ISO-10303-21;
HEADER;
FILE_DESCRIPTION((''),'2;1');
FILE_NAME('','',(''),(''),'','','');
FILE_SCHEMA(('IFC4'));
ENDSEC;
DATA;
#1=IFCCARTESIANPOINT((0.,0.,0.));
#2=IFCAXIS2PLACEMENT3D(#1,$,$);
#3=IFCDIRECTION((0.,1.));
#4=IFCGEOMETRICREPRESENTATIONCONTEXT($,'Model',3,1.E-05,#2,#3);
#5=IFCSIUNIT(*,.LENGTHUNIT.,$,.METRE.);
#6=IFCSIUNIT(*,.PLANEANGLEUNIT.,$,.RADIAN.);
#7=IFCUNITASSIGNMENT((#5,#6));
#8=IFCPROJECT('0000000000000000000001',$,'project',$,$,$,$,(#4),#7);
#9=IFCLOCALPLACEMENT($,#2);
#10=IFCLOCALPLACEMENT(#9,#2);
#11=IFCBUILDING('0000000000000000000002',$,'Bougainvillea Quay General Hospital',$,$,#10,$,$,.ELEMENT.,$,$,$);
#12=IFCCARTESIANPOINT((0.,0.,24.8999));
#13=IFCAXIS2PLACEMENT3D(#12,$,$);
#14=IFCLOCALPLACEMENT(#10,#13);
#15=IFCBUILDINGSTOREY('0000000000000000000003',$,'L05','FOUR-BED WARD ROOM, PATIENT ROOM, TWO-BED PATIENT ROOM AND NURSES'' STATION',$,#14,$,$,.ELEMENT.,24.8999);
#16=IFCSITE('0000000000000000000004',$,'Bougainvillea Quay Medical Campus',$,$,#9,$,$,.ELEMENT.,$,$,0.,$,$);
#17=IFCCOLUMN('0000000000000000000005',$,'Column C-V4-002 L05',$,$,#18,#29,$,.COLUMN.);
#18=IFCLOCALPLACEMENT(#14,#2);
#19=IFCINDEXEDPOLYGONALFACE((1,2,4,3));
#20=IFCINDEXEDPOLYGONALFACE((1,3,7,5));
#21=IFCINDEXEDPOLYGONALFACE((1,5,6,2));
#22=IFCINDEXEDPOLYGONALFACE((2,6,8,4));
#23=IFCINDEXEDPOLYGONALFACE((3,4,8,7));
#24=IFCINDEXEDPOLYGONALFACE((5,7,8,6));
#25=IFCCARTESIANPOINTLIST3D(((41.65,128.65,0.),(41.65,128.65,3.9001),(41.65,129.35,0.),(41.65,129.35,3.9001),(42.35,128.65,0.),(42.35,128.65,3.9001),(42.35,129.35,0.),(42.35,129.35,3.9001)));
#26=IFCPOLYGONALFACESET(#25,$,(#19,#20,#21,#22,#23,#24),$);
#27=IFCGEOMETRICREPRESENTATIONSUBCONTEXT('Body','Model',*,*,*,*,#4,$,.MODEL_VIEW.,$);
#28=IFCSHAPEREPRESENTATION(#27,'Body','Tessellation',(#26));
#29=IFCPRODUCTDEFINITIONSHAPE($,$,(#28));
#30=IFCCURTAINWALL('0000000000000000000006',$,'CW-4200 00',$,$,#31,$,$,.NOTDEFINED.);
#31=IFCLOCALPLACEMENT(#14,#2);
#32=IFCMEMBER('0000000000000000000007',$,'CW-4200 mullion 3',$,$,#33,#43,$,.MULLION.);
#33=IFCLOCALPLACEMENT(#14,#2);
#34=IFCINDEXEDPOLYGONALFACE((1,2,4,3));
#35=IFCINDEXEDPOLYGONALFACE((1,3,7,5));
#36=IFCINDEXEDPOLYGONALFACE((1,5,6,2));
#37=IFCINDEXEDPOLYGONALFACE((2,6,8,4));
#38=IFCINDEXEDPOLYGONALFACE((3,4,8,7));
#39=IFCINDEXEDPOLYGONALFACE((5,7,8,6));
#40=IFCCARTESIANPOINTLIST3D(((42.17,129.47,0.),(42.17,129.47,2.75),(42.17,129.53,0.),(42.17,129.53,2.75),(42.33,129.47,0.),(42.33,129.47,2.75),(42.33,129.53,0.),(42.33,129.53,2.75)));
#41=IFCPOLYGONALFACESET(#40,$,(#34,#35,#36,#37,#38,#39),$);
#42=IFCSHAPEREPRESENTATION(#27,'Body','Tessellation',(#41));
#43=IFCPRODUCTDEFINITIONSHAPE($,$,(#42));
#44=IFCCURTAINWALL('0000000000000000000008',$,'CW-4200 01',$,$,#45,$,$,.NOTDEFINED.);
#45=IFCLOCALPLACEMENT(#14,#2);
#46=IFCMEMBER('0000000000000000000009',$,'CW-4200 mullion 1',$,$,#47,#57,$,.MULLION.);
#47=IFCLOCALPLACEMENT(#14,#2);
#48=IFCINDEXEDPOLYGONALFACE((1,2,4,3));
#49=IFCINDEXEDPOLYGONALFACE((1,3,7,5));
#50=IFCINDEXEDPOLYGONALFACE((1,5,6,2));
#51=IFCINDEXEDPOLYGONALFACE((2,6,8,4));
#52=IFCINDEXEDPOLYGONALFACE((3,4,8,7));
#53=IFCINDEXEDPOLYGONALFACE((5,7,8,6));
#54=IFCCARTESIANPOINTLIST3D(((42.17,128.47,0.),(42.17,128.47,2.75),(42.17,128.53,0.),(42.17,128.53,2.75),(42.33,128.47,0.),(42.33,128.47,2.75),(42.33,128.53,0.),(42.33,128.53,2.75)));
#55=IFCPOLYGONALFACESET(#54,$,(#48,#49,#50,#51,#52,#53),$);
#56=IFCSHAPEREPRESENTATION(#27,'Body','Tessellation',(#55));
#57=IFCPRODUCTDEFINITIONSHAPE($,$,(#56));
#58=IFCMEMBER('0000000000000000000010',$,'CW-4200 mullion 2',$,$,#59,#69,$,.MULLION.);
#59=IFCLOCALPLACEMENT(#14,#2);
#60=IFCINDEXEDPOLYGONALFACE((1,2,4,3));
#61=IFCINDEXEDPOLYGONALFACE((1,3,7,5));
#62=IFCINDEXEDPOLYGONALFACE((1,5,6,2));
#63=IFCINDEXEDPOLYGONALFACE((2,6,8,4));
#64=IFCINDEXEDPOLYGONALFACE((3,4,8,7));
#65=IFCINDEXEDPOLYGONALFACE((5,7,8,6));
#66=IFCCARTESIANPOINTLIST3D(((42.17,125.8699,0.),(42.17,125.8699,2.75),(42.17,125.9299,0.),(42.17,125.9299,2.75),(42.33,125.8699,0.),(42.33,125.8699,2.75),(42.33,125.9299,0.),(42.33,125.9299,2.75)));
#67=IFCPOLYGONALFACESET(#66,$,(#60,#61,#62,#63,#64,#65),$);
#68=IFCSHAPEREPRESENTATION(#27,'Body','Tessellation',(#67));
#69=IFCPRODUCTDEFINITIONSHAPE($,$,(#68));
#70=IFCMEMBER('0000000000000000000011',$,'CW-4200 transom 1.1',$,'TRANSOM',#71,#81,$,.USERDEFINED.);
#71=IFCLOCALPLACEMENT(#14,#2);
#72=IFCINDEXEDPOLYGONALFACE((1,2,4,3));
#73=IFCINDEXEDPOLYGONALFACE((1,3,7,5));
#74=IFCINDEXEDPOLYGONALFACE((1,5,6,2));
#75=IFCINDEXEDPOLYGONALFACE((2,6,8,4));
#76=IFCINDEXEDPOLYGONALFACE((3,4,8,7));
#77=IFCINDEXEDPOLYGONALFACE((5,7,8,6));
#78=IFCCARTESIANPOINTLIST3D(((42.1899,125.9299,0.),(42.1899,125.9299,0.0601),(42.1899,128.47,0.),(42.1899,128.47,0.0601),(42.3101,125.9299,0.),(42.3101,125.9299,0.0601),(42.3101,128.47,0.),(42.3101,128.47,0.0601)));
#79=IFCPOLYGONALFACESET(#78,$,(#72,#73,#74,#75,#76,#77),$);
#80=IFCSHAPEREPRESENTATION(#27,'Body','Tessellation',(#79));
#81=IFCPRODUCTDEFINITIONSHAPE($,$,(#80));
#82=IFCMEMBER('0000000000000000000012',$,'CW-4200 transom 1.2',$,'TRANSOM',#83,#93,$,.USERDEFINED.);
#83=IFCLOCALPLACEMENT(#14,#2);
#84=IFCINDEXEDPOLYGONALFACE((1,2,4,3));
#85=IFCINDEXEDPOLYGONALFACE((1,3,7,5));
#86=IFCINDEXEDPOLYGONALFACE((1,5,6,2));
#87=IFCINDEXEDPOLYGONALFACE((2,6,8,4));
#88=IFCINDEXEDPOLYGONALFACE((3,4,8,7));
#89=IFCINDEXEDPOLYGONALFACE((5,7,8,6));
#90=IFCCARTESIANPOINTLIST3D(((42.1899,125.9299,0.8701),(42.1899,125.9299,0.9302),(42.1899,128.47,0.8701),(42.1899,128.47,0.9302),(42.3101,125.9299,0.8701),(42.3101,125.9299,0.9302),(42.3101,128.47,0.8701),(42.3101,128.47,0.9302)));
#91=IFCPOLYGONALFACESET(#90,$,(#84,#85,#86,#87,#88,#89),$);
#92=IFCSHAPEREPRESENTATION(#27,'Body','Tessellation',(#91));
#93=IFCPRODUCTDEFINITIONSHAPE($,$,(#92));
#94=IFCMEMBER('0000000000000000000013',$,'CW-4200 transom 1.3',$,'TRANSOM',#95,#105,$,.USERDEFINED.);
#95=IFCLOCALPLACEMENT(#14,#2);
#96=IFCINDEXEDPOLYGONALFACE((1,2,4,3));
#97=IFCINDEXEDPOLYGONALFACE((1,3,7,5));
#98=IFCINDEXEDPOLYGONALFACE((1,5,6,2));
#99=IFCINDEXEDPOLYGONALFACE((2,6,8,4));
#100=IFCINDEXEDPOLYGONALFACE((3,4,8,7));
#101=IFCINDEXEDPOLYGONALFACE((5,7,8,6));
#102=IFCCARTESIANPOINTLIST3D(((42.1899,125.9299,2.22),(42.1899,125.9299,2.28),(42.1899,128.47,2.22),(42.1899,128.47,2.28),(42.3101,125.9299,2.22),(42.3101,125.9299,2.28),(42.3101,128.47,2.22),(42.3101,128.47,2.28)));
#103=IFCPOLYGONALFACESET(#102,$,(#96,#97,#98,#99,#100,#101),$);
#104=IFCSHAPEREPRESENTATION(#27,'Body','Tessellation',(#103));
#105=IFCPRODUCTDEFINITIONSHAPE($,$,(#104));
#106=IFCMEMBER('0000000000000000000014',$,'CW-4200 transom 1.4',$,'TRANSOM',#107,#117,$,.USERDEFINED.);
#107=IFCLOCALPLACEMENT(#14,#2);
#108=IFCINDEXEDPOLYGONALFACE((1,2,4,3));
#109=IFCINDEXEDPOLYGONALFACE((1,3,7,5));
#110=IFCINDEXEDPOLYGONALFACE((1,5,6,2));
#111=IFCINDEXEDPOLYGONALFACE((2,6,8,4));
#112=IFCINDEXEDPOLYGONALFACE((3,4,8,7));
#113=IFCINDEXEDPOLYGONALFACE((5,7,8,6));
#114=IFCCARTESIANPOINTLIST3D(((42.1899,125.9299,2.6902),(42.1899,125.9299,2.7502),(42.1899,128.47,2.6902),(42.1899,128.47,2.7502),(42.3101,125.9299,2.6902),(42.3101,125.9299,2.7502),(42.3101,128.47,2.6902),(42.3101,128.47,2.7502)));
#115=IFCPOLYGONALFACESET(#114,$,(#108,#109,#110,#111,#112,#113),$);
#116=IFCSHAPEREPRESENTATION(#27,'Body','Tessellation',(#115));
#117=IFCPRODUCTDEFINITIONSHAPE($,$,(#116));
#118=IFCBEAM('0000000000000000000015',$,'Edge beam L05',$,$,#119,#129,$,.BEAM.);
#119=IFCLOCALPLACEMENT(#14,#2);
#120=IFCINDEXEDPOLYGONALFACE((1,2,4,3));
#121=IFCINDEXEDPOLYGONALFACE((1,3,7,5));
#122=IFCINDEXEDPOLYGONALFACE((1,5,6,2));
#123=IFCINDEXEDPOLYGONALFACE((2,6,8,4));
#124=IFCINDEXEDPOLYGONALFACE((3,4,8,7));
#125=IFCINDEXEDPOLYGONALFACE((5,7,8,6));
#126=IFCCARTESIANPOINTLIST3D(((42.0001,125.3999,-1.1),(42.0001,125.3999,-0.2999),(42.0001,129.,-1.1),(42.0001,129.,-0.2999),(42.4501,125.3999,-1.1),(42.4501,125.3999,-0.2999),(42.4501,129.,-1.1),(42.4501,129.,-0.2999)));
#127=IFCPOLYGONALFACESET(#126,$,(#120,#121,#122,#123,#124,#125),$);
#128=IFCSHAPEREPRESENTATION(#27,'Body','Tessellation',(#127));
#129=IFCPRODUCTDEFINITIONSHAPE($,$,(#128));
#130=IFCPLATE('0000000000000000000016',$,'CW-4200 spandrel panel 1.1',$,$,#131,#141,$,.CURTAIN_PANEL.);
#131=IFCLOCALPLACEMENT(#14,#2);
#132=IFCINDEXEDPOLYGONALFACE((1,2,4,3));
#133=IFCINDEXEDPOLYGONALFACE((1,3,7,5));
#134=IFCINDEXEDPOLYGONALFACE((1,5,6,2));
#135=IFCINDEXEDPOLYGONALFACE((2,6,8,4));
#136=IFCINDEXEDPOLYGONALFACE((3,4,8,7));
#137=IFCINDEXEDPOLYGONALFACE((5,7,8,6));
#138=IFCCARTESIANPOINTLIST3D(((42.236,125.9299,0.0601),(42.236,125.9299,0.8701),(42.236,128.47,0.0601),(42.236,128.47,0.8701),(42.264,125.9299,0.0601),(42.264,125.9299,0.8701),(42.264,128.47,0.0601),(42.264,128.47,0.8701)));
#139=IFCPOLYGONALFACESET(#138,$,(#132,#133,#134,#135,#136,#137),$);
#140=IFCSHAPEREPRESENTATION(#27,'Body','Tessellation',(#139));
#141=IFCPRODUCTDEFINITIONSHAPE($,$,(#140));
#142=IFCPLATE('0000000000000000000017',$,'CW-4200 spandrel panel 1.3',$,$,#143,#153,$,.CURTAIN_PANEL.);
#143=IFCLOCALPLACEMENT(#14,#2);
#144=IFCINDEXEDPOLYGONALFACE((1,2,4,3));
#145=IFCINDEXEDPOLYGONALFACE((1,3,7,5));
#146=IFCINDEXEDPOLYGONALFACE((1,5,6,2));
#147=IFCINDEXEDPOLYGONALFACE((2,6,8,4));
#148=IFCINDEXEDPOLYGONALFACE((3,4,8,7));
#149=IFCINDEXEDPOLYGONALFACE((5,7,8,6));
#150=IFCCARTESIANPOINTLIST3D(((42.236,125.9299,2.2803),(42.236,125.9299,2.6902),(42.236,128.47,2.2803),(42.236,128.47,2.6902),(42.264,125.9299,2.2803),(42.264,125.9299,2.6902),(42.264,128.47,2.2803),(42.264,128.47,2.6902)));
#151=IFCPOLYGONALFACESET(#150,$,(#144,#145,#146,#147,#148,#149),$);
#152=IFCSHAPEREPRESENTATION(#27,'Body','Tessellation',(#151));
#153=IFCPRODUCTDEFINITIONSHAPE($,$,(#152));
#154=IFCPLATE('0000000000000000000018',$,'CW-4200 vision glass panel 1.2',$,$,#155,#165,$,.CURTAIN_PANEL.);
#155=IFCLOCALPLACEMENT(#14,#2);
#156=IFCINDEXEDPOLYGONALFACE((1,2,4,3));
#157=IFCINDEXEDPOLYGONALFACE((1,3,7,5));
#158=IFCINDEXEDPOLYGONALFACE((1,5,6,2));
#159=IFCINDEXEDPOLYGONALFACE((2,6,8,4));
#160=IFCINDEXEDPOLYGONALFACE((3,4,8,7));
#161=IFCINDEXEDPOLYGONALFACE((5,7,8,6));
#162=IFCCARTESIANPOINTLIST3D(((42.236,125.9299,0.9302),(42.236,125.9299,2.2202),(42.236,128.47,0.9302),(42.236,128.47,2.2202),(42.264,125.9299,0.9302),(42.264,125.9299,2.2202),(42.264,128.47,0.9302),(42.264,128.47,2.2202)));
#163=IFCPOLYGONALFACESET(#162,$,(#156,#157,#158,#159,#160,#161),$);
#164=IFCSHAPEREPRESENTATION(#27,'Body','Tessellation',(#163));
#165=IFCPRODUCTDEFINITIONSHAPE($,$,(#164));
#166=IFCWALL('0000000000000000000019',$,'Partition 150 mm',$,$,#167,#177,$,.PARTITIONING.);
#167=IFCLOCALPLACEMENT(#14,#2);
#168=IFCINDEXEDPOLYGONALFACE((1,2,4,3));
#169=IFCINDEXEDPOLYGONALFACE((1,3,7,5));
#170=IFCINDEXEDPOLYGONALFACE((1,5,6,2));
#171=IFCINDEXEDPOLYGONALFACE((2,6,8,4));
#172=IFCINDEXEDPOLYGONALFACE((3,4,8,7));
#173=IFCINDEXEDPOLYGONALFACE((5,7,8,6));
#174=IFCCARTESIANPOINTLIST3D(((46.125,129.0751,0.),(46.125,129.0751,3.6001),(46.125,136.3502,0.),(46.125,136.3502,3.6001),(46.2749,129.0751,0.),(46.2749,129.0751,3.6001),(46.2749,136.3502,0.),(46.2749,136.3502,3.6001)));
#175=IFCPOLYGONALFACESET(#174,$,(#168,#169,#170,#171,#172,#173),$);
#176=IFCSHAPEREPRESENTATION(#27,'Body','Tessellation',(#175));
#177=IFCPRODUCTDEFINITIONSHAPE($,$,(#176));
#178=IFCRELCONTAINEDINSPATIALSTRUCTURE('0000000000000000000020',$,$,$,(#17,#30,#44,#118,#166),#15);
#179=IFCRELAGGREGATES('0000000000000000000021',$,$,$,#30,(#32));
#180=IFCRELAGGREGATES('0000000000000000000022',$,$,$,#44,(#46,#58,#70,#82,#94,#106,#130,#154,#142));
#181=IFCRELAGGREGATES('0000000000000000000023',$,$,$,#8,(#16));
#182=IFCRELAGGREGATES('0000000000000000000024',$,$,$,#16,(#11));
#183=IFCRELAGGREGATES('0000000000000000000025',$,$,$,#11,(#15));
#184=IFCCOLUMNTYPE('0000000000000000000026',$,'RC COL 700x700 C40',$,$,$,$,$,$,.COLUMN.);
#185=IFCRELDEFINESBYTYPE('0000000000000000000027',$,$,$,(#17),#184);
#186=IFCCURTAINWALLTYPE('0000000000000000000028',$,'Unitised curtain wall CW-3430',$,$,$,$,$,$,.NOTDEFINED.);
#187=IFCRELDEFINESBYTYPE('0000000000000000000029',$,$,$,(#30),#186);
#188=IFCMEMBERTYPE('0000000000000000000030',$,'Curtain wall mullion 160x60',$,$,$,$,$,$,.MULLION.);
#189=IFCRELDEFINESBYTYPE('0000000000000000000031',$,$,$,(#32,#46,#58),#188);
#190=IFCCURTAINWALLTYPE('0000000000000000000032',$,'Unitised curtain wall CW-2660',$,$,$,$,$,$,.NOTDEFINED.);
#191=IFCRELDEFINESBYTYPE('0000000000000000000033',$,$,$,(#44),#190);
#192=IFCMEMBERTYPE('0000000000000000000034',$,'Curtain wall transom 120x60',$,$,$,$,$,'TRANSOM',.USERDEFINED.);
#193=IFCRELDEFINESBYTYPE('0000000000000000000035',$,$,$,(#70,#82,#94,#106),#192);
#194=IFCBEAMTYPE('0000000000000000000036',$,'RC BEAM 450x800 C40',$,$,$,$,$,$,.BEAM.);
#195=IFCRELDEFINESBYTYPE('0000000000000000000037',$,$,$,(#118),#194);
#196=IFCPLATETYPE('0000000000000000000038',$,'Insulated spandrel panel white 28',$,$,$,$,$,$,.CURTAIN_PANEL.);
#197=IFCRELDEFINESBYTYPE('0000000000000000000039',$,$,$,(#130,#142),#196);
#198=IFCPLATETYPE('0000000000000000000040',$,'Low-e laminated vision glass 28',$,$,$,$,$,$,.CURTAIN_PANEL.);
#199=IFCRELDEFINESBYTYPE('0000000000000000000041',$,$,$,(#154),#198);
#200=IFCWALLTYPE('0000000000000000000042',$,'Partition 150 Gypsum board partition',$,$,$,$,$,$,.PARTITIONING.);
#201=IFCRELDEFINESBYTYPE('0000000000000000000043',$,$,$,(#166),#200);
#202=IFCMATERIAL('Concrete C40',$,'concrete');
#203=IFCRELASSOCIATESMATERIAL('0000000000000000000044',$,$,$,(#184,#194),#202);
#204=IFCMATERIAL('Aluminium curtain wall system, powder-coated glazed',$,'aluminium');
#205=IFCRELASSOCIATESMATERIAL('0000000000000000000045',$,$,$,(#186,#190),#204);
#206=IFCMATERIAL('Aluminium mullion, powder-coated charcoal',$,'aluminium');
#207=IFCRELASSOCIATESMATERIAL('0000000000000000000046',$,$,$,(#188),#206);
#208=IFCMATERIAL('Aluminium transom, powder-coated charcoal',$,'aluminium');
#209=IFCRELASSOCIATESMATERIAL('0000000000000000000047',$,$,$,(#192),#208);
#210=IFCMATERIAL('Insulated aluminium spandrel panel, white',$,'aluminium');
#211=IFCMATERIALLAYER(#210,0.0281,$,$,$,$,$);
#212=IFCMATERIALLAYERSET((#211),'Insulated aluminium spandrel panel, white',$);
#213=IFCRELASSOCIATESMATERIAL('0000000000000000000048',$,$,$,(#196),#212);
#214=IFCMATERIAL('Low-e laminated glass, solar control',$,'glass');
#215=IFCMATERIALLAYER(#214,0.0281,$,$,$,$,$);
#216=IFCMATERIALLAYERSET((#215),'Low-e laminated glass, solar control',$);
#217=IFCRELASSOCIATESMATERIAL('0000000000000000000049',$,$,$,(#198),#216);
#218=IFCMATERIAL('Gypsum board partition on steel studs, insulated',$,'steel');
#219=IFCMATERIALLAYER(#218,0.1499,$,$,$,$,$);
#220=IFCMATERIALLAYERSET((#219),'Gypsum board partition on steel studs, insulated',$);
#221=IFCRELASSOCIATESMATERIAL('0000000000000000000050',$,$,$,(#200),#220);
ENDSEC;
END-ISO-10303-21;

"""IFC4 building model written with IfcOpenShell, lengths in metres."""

from ifc_helpers import new_model, si_unit, direction, frame, frame_2d, origin, origin_2d, place, context, subcontext, project, spatial, rectangle, extrude, material, layer, layer_set, material_profile, profile_set, type_object, element, aggregate, save


model = new_model("IFC4")

# Units and contexts
model_context = context("Model", 3, precision=1e-05, world=origin(), true_north=direction((0.0, 1.0)))
body_context = subcontext(model_context, "Body", "Model", "MODEL_VIEW")
ifc_project = project(units=[si_unit("LENGTHUNIT", "METRE"), si_unit("PLANEANGLEUNIT", "RADIAN")], contexts=[model_context])

# Site, building, storey
site_placement = place(None, origin())
site = spatial("IfcSite", under=ifc_project, at=site_placement, Name="Bougainvillea Quay Medical Campus", CompositionType="ELEMENT", RefElevation=0.0)
building_placement = place(site_placement, origin())
building = spatial("IfcBuilding", under=site, at=building_placement, Name="Bougainvillea Quay General Hospital", CompositionType="ELEMENT")
storey_placement = place(building_placement, frame((0.0, 0.0, 24.8999)))
storey = spatial("IfcBuildingStorey", under=building, at=storey_placement, Name="L05", Description="FOUR-BED WARD ROOM, PATIENT ROOM, TWO-BED PATIENT ROOM AND NURSES' STATION", CompositionType="ELEMENT", Elevation=24.8999)

# Column
ifc_material_1 = material(Name="Concrete C40", Category="concrete")
ifc_material_profile_1 = material_profile(ifc_material_1, rectangle(XDim=0.7, YDim=0.7, at=origin_2d()))
ifc_profile_set_1 = profile_set([ifc_material_profile_1], Name="Concrete C40")
column_type = type_object("IfcColumnType", Name="RC COL 700x700 C40", PredefinedType="COLUMN", material=ifc_profile_set_1)
column_placement = place(storey_placement, frame((42.0, 129.0, 0.0), z_axis=(0.0, 0.0, 1.0), x_axis=(1.0, 0.0, 0.0)))
element("IfcColumn", 1, at=column_placement, inside=storey, type_object=column_type, Name="Column C-V4-002 L05", PredefinedType="COLUMN", context=body_context, shape_type="SweptSolid", body=[
    extrude(rectangle(XDim=0.7, YDim=0.7, at=origin_2d()), origin(), (0.0, 0.0, 1.0), 3.9001),
])

# Curtain wall, member
ifc_material_2 = material(Name="Aluminium curtain wall system, powder-coated glazed", Category="aluminium")
curtain_wall_type_1 = type_object("IfcCurtainWallType", Name="Unitised curtain wall CW-3430", PredefinedType="NOTDEFINED", material=ifc_material_2)
curtain_wall_1_placement = place(storey_placement, origin())
curtain_wall_1 = element("IfcCurtainWall", 2, at=curtain_wall_1_placement, inside=storey, type_object=curtain_wall_type_1, Name="CW-4200 00", PredefinedType="NOTDEFINED")
ifc_material_3 = material(Name="Aluminium mullion, powder-coated charcoal", Category="aluminium")
ifc_material_profile_2 = material_profile(ifc_material_3, rectangle(XDim=0.1599, YDim=0.0601, at=origin_2d()))
ifc_profile_set_2 = profile_set([ifc_material_profile_2], Name="Aluminium mullion, powder-coated charcoal")
member_type_1 = type_object("IfcMemberType", Name="Curtain wall mullion 160x60", PredefinedType="MULLION", material=ifc_profile_set_2)
member_1_placement = place(storey_placement, frame((42.25, 129.5, 0.0), z_axis=(0.0, 0.0, 1.0), x_axis=(1.0, 0.0, 0.0)))
member_1 = element("IfcMember", 3, at=member_1_placement, type_object=member_type_1, Name="CW-4200 mullion 3", PredefinedType="MULLION", context=body_context, shape_type="SweptSolid", body=[
    extrude(rectangle(XDim=0.1599, YDim=0.0601, at=origin_2d()), origin(), (0.0, 0.0, 1.0), 2.75),
])
aggregate(curtain_wall_1, [member_1])

# Curtain wall, members
curtain_wall_type_2 = type_object("IfcCurtainWallType", Name="Unitised curtain wall CW-2660", PredefinedType="NOTDEFINED", material=ifc_material_2)
curtain_wall_2_placement = place(storey_placement, origin())
curtain_wall_2 = element("IfcCurtainWall", 4, at=curtain_wall_2_placement, inside=storey, type_object=curtain_wall_type_2, Name="CW-4200 01", PredefinedType="NOTDEFINED")
member_2_placement = place(storey_placement, frame((42.25, 128.5, 0.0), z_axis=(0.0, 0.0, 1.0), x_axis=(1.0, 0.0, 0.0)))
member_2 = element("IfcMember", 5, at=member_2_placement, type_object=member_type_1, Name="CW-4200 mullion 1", PredefinedType="MULLION", context=body_context, shape_type="SweptSolid", body=[
    extrude(rectangle(XDim=0.1599, YDim=0.0601, at=origin_2d()), origin(), (0.0, 0.0, 1.0), 2.75),
])
member_3_placement = place(storey_placement, frame((42.25, 125.8999, 0.0), z_axis=(0.0, 0.0, 1.0), x_axis=(1.0, 0.0, 0.0)))
member_3 = element("IfcMember", 6, at=member_3_placement, type_object=member_type_1, Name="CW-4200 mullion 2", PredefinedType="MULLION", context=body_context, shape_type="SweptSolid", body=[
    extrude(rectangle(XDim=0.1599, YDim=0.0601, at=origin_2d()), origin(), (0.0, 0.0, 1.0), 2.75),
])
ifc_material_4 = material(Name="Aluminium transom, powder-coated charcoal", Category="aluminium")
ifc_material_profile_3 = material_profile(ifc_material_4, rectangle(XDim=0.1201, YDim=0.0601, at=origin_2d()))
ifc_profile_set_3 = profile_set([ifc_material_profile_3], Name="Aluminium transom, powder-coated charcoal")
member_type_2 = type_object("IfcMemberType", Name="Curtain wall transom 120x60", ElementType="TRANSOM", PredefinedType="USERDEFINED", material=ifc_profile_set_3)
member_4_placement = place(storey_placement, frame((42.25, 128.47, 0.03), z_axis=(0.0, -1.0, 0.0), x_axis=(1.0, 0.0, 0.0)))
member_4 = element("IfcMember", 7, at=member_4_placement, type_object=member_type_2, Name="CW-4200 transom 1.1", ObjectType="TRANSOM", PredefinedType="USERDEFINED", context=body_context, shape_type="SweptSolid", body=[
    extrude(rectangle(XDim=0.1201, YDim=0.0601, at=origin_2d()), origin(), (0.0, 0.0, 1.0), 2.54),
])
member_5_placement = place(storey_placement, frame((42.25, 128.47, 0.9001), z_axis=(0.0, -1.0, 0.0), x_axis=(1.0, 0.0, 0.0)))
member_5 = element("IfcMember", 8, at=member_5_placement, type_object=member_type_2, Name="CW-4200 transom 1.2", ObjectType="TRANSOM", PredefinedType="USERDEFINED", context=body_context, shape_type="SweptSolid", body=[
    extrude(rectangle(XDim=0.1201, YDim=0.0601, at=origin_2d()), origin(), (0.0, 0.0, 1.0), 2.54),
])
member_6_placement = place(storey_placement, frame((42.25, 128.47, 2.25), z_axis=(0.0, -1.0, 0.0), x_axis=(1.0, 0.0, 0.0)))
member_6 = element("IfcMember", 9, at=member_6_placement, type_object=member_type_2, Name="CW-4200 transom 1.3", ObjectType="TRANSOM", PredefinedType="USERDEFINED", context=body_context, shape_type="SweptSolid", body=[
    extrude(rectangle(XDim=0.1201, YDim=0.0601, at=origin_2d()), origin(), (0.0, 0.0, 1.0), 2.54),
])
member_7_placement = place(storey_placement, frame((42.25, 128.47, 2.7202), z_axis=(0.0, -1.0, 0.0), x_axis=(1.0, 0.0, 0.0)))
member_7 = element("IfcMember", 10, at=member_7_placement, type_object=member_type_2, Name="CW-4200 transom 1.4", ObjectType="TRANSOM", PredefinedType="USERDEFINED", context=body_context, shape_type="SweptSolid", body=[
    extrude(rectangle(XDim=0.1201, YDim=0.0601, at=origin_2d()), origin(), (0.0, 0.0, 1.0), 2.54),
])

# Beam
ifc_material_profile_4 = material_profile(ifc_material_1, rectangle(XDim=0.45, YDim=0.8, at=origin_2d()))
ifc_profile_set_4 = profile_set([ifc_material_profile_4], Name="Concrete C40")
beam_type = type_object("IfcBeamType", Name="RC BEAM 450x800 C40", PredefinedType="BEAM", material=ifc_profile_set_4)
beam_placement = place(storey_placement, frame((42.2251, 129.0, -0.7), z_axis=(0.0, -1.0, 0.0), x_axis=(1.0, 0.0, 0.0)))
element("IfcBeam", 11, at=beam_placement, inside=storey, type_object=beam_type, Name="Edge beam L05", PredefinedType="BEAM", context=body_context, shape_type="SweptSolid", body=[
    extrude(rectangle(XDim=0.45, YDim=0.8, at=origin_2d()), origin(), (0.0, 0.0, 1.0), 3.6001),
])

# Plates
ifc_material_5 = material(Name="Insulated aluminium spandrel panel, white", Category="aluminium")
ifc_layer_1 = layer(ifc_material_5, 0.0281)
ifc_layer_set_1 = layer_set([ifc_layer_1], Name="Insulated aluminium spandrel panel, white")
plate_type_1 = type_object("IfcPlateType", Name="Insulated spandrel panel white 28", PredefinedType="CURTAIN_PANEL", material=ifc_layer_set_1)
plate_1_placement = place(storey_placement, frame((42.25, 127.2, 0.0601), z_axis=(0.0, 0.0, 1.0), x_axis=(0.0, -1.0, 0.0)))
plate_1 = element("IfcPlate", 12, at=plate_1_placement, type_object=plate_type_1, Name="CW-4200 spandrel panel 1.1", PredefinedType="CURTAIN_PANEL", context=body_context, shape_type="SweptSolid", body=[
    extrude(rectangle(XDim=2.54, YDim=0.0281, at=origin_2d()), origin(), (0.0, 0.0, 1.0), 0.8101),
])
plate_2_placement = place(storey_placement, frame((42.25, 127.2, 2.2803), z_axis=(0.0, 0.0, 1.0), x_axis=(0.0, -1.0, 0.0)))
plate_2 = element("IfcPlate", 13, at=plate_2_placement, type_object=plate_type_1, Name="CW-4200 spandrel panel 1.3", PredefinedType="CURTAIN_PANEL", context=body_context, shape_type="SweptSolid", body=[
    extrude(rectangle(XDim=2.54, YDim=0.0281, at=origin_2d()), origin(), (0.0, 0.0, 1.0), 0.4099),
])
ifc_material_6 = material(Name="Low-e laminated glass, solar control", Category="glass")
ifc_layer_2 = layer(ifc_material_6, 0.0281)
ifc_layer_set_2 = layer_set([ifc_layer_2], Name="Low-e laminated glass, solar control")
plate_type_2 = type_object("IfcPlateType", Name="Low-e laminated vision glass 28", PredefinedType="CURTAIN_PANEL", material=ifc_layer_set_2)
plate_3_placement = place(storey_placement, frame((42.25, 127.2, 0.9302), z_axis=(0.0, 0.0, 1.0), x_axis=(0.0, -1.0, 0.0)))
plate_3 = element("IfcPlate", 14, at=plate_3_placement, type_object=plate_type_2, Name="CW-4200 vision glass panel 1.2", PredefinedType="CURTAIN_PANEL", context=body_context, shape_type="SweptSolid", body=[
    extrude(rectangle(XDim=2.54, YDim=0.0281, at=origin_2d()), origin(), (0.0, 0.0, 1.0), 1.29),
])
aggregate(curtain_wall_2, [member_2, member_3, member_4, member_5, member_6, member_7, plate_1, plate_3, plate_2])

# Wall
ifc_material_7 = material(Name="Gypsum board partition on steel studs, insulated", Category="steel")
ifc_layer_3 = layer(ifc_material_7, 0.1499)
ifc_layer_set_3 = layer_set([ifc_layer_3], Name="Gypsum board partition on steel studs, insulated")
wall_type_1 = type_object("IfcWallType", Name="Partition 150 Gypsum board partition", PredefinedType="PARTITIONING", material=ifc_layer_set_3)
wall_1_placement = place(storey_placement, frame((46.2, 129.075, 0.0), z_axis=(0.0, 0.0, 1.0), x_axis=(0.0, 1.0, 0.0)))
element("IfcWall", 15, at=wall_1_placement, inside=storey, type_object=wall_type_1, Name="Partition 150 mm", PredefinedType="PARTITIONING", context=body_context, shape_type="SweptSolid", body=[
    extrude(rectangle(XDim=7.2751, YDim=0.1499, at=frame_2d((3.6377, 0.0))), origin(), (0.0, 0.0, 1.0), 3.6001),
])

save(model, "model.ifc")
